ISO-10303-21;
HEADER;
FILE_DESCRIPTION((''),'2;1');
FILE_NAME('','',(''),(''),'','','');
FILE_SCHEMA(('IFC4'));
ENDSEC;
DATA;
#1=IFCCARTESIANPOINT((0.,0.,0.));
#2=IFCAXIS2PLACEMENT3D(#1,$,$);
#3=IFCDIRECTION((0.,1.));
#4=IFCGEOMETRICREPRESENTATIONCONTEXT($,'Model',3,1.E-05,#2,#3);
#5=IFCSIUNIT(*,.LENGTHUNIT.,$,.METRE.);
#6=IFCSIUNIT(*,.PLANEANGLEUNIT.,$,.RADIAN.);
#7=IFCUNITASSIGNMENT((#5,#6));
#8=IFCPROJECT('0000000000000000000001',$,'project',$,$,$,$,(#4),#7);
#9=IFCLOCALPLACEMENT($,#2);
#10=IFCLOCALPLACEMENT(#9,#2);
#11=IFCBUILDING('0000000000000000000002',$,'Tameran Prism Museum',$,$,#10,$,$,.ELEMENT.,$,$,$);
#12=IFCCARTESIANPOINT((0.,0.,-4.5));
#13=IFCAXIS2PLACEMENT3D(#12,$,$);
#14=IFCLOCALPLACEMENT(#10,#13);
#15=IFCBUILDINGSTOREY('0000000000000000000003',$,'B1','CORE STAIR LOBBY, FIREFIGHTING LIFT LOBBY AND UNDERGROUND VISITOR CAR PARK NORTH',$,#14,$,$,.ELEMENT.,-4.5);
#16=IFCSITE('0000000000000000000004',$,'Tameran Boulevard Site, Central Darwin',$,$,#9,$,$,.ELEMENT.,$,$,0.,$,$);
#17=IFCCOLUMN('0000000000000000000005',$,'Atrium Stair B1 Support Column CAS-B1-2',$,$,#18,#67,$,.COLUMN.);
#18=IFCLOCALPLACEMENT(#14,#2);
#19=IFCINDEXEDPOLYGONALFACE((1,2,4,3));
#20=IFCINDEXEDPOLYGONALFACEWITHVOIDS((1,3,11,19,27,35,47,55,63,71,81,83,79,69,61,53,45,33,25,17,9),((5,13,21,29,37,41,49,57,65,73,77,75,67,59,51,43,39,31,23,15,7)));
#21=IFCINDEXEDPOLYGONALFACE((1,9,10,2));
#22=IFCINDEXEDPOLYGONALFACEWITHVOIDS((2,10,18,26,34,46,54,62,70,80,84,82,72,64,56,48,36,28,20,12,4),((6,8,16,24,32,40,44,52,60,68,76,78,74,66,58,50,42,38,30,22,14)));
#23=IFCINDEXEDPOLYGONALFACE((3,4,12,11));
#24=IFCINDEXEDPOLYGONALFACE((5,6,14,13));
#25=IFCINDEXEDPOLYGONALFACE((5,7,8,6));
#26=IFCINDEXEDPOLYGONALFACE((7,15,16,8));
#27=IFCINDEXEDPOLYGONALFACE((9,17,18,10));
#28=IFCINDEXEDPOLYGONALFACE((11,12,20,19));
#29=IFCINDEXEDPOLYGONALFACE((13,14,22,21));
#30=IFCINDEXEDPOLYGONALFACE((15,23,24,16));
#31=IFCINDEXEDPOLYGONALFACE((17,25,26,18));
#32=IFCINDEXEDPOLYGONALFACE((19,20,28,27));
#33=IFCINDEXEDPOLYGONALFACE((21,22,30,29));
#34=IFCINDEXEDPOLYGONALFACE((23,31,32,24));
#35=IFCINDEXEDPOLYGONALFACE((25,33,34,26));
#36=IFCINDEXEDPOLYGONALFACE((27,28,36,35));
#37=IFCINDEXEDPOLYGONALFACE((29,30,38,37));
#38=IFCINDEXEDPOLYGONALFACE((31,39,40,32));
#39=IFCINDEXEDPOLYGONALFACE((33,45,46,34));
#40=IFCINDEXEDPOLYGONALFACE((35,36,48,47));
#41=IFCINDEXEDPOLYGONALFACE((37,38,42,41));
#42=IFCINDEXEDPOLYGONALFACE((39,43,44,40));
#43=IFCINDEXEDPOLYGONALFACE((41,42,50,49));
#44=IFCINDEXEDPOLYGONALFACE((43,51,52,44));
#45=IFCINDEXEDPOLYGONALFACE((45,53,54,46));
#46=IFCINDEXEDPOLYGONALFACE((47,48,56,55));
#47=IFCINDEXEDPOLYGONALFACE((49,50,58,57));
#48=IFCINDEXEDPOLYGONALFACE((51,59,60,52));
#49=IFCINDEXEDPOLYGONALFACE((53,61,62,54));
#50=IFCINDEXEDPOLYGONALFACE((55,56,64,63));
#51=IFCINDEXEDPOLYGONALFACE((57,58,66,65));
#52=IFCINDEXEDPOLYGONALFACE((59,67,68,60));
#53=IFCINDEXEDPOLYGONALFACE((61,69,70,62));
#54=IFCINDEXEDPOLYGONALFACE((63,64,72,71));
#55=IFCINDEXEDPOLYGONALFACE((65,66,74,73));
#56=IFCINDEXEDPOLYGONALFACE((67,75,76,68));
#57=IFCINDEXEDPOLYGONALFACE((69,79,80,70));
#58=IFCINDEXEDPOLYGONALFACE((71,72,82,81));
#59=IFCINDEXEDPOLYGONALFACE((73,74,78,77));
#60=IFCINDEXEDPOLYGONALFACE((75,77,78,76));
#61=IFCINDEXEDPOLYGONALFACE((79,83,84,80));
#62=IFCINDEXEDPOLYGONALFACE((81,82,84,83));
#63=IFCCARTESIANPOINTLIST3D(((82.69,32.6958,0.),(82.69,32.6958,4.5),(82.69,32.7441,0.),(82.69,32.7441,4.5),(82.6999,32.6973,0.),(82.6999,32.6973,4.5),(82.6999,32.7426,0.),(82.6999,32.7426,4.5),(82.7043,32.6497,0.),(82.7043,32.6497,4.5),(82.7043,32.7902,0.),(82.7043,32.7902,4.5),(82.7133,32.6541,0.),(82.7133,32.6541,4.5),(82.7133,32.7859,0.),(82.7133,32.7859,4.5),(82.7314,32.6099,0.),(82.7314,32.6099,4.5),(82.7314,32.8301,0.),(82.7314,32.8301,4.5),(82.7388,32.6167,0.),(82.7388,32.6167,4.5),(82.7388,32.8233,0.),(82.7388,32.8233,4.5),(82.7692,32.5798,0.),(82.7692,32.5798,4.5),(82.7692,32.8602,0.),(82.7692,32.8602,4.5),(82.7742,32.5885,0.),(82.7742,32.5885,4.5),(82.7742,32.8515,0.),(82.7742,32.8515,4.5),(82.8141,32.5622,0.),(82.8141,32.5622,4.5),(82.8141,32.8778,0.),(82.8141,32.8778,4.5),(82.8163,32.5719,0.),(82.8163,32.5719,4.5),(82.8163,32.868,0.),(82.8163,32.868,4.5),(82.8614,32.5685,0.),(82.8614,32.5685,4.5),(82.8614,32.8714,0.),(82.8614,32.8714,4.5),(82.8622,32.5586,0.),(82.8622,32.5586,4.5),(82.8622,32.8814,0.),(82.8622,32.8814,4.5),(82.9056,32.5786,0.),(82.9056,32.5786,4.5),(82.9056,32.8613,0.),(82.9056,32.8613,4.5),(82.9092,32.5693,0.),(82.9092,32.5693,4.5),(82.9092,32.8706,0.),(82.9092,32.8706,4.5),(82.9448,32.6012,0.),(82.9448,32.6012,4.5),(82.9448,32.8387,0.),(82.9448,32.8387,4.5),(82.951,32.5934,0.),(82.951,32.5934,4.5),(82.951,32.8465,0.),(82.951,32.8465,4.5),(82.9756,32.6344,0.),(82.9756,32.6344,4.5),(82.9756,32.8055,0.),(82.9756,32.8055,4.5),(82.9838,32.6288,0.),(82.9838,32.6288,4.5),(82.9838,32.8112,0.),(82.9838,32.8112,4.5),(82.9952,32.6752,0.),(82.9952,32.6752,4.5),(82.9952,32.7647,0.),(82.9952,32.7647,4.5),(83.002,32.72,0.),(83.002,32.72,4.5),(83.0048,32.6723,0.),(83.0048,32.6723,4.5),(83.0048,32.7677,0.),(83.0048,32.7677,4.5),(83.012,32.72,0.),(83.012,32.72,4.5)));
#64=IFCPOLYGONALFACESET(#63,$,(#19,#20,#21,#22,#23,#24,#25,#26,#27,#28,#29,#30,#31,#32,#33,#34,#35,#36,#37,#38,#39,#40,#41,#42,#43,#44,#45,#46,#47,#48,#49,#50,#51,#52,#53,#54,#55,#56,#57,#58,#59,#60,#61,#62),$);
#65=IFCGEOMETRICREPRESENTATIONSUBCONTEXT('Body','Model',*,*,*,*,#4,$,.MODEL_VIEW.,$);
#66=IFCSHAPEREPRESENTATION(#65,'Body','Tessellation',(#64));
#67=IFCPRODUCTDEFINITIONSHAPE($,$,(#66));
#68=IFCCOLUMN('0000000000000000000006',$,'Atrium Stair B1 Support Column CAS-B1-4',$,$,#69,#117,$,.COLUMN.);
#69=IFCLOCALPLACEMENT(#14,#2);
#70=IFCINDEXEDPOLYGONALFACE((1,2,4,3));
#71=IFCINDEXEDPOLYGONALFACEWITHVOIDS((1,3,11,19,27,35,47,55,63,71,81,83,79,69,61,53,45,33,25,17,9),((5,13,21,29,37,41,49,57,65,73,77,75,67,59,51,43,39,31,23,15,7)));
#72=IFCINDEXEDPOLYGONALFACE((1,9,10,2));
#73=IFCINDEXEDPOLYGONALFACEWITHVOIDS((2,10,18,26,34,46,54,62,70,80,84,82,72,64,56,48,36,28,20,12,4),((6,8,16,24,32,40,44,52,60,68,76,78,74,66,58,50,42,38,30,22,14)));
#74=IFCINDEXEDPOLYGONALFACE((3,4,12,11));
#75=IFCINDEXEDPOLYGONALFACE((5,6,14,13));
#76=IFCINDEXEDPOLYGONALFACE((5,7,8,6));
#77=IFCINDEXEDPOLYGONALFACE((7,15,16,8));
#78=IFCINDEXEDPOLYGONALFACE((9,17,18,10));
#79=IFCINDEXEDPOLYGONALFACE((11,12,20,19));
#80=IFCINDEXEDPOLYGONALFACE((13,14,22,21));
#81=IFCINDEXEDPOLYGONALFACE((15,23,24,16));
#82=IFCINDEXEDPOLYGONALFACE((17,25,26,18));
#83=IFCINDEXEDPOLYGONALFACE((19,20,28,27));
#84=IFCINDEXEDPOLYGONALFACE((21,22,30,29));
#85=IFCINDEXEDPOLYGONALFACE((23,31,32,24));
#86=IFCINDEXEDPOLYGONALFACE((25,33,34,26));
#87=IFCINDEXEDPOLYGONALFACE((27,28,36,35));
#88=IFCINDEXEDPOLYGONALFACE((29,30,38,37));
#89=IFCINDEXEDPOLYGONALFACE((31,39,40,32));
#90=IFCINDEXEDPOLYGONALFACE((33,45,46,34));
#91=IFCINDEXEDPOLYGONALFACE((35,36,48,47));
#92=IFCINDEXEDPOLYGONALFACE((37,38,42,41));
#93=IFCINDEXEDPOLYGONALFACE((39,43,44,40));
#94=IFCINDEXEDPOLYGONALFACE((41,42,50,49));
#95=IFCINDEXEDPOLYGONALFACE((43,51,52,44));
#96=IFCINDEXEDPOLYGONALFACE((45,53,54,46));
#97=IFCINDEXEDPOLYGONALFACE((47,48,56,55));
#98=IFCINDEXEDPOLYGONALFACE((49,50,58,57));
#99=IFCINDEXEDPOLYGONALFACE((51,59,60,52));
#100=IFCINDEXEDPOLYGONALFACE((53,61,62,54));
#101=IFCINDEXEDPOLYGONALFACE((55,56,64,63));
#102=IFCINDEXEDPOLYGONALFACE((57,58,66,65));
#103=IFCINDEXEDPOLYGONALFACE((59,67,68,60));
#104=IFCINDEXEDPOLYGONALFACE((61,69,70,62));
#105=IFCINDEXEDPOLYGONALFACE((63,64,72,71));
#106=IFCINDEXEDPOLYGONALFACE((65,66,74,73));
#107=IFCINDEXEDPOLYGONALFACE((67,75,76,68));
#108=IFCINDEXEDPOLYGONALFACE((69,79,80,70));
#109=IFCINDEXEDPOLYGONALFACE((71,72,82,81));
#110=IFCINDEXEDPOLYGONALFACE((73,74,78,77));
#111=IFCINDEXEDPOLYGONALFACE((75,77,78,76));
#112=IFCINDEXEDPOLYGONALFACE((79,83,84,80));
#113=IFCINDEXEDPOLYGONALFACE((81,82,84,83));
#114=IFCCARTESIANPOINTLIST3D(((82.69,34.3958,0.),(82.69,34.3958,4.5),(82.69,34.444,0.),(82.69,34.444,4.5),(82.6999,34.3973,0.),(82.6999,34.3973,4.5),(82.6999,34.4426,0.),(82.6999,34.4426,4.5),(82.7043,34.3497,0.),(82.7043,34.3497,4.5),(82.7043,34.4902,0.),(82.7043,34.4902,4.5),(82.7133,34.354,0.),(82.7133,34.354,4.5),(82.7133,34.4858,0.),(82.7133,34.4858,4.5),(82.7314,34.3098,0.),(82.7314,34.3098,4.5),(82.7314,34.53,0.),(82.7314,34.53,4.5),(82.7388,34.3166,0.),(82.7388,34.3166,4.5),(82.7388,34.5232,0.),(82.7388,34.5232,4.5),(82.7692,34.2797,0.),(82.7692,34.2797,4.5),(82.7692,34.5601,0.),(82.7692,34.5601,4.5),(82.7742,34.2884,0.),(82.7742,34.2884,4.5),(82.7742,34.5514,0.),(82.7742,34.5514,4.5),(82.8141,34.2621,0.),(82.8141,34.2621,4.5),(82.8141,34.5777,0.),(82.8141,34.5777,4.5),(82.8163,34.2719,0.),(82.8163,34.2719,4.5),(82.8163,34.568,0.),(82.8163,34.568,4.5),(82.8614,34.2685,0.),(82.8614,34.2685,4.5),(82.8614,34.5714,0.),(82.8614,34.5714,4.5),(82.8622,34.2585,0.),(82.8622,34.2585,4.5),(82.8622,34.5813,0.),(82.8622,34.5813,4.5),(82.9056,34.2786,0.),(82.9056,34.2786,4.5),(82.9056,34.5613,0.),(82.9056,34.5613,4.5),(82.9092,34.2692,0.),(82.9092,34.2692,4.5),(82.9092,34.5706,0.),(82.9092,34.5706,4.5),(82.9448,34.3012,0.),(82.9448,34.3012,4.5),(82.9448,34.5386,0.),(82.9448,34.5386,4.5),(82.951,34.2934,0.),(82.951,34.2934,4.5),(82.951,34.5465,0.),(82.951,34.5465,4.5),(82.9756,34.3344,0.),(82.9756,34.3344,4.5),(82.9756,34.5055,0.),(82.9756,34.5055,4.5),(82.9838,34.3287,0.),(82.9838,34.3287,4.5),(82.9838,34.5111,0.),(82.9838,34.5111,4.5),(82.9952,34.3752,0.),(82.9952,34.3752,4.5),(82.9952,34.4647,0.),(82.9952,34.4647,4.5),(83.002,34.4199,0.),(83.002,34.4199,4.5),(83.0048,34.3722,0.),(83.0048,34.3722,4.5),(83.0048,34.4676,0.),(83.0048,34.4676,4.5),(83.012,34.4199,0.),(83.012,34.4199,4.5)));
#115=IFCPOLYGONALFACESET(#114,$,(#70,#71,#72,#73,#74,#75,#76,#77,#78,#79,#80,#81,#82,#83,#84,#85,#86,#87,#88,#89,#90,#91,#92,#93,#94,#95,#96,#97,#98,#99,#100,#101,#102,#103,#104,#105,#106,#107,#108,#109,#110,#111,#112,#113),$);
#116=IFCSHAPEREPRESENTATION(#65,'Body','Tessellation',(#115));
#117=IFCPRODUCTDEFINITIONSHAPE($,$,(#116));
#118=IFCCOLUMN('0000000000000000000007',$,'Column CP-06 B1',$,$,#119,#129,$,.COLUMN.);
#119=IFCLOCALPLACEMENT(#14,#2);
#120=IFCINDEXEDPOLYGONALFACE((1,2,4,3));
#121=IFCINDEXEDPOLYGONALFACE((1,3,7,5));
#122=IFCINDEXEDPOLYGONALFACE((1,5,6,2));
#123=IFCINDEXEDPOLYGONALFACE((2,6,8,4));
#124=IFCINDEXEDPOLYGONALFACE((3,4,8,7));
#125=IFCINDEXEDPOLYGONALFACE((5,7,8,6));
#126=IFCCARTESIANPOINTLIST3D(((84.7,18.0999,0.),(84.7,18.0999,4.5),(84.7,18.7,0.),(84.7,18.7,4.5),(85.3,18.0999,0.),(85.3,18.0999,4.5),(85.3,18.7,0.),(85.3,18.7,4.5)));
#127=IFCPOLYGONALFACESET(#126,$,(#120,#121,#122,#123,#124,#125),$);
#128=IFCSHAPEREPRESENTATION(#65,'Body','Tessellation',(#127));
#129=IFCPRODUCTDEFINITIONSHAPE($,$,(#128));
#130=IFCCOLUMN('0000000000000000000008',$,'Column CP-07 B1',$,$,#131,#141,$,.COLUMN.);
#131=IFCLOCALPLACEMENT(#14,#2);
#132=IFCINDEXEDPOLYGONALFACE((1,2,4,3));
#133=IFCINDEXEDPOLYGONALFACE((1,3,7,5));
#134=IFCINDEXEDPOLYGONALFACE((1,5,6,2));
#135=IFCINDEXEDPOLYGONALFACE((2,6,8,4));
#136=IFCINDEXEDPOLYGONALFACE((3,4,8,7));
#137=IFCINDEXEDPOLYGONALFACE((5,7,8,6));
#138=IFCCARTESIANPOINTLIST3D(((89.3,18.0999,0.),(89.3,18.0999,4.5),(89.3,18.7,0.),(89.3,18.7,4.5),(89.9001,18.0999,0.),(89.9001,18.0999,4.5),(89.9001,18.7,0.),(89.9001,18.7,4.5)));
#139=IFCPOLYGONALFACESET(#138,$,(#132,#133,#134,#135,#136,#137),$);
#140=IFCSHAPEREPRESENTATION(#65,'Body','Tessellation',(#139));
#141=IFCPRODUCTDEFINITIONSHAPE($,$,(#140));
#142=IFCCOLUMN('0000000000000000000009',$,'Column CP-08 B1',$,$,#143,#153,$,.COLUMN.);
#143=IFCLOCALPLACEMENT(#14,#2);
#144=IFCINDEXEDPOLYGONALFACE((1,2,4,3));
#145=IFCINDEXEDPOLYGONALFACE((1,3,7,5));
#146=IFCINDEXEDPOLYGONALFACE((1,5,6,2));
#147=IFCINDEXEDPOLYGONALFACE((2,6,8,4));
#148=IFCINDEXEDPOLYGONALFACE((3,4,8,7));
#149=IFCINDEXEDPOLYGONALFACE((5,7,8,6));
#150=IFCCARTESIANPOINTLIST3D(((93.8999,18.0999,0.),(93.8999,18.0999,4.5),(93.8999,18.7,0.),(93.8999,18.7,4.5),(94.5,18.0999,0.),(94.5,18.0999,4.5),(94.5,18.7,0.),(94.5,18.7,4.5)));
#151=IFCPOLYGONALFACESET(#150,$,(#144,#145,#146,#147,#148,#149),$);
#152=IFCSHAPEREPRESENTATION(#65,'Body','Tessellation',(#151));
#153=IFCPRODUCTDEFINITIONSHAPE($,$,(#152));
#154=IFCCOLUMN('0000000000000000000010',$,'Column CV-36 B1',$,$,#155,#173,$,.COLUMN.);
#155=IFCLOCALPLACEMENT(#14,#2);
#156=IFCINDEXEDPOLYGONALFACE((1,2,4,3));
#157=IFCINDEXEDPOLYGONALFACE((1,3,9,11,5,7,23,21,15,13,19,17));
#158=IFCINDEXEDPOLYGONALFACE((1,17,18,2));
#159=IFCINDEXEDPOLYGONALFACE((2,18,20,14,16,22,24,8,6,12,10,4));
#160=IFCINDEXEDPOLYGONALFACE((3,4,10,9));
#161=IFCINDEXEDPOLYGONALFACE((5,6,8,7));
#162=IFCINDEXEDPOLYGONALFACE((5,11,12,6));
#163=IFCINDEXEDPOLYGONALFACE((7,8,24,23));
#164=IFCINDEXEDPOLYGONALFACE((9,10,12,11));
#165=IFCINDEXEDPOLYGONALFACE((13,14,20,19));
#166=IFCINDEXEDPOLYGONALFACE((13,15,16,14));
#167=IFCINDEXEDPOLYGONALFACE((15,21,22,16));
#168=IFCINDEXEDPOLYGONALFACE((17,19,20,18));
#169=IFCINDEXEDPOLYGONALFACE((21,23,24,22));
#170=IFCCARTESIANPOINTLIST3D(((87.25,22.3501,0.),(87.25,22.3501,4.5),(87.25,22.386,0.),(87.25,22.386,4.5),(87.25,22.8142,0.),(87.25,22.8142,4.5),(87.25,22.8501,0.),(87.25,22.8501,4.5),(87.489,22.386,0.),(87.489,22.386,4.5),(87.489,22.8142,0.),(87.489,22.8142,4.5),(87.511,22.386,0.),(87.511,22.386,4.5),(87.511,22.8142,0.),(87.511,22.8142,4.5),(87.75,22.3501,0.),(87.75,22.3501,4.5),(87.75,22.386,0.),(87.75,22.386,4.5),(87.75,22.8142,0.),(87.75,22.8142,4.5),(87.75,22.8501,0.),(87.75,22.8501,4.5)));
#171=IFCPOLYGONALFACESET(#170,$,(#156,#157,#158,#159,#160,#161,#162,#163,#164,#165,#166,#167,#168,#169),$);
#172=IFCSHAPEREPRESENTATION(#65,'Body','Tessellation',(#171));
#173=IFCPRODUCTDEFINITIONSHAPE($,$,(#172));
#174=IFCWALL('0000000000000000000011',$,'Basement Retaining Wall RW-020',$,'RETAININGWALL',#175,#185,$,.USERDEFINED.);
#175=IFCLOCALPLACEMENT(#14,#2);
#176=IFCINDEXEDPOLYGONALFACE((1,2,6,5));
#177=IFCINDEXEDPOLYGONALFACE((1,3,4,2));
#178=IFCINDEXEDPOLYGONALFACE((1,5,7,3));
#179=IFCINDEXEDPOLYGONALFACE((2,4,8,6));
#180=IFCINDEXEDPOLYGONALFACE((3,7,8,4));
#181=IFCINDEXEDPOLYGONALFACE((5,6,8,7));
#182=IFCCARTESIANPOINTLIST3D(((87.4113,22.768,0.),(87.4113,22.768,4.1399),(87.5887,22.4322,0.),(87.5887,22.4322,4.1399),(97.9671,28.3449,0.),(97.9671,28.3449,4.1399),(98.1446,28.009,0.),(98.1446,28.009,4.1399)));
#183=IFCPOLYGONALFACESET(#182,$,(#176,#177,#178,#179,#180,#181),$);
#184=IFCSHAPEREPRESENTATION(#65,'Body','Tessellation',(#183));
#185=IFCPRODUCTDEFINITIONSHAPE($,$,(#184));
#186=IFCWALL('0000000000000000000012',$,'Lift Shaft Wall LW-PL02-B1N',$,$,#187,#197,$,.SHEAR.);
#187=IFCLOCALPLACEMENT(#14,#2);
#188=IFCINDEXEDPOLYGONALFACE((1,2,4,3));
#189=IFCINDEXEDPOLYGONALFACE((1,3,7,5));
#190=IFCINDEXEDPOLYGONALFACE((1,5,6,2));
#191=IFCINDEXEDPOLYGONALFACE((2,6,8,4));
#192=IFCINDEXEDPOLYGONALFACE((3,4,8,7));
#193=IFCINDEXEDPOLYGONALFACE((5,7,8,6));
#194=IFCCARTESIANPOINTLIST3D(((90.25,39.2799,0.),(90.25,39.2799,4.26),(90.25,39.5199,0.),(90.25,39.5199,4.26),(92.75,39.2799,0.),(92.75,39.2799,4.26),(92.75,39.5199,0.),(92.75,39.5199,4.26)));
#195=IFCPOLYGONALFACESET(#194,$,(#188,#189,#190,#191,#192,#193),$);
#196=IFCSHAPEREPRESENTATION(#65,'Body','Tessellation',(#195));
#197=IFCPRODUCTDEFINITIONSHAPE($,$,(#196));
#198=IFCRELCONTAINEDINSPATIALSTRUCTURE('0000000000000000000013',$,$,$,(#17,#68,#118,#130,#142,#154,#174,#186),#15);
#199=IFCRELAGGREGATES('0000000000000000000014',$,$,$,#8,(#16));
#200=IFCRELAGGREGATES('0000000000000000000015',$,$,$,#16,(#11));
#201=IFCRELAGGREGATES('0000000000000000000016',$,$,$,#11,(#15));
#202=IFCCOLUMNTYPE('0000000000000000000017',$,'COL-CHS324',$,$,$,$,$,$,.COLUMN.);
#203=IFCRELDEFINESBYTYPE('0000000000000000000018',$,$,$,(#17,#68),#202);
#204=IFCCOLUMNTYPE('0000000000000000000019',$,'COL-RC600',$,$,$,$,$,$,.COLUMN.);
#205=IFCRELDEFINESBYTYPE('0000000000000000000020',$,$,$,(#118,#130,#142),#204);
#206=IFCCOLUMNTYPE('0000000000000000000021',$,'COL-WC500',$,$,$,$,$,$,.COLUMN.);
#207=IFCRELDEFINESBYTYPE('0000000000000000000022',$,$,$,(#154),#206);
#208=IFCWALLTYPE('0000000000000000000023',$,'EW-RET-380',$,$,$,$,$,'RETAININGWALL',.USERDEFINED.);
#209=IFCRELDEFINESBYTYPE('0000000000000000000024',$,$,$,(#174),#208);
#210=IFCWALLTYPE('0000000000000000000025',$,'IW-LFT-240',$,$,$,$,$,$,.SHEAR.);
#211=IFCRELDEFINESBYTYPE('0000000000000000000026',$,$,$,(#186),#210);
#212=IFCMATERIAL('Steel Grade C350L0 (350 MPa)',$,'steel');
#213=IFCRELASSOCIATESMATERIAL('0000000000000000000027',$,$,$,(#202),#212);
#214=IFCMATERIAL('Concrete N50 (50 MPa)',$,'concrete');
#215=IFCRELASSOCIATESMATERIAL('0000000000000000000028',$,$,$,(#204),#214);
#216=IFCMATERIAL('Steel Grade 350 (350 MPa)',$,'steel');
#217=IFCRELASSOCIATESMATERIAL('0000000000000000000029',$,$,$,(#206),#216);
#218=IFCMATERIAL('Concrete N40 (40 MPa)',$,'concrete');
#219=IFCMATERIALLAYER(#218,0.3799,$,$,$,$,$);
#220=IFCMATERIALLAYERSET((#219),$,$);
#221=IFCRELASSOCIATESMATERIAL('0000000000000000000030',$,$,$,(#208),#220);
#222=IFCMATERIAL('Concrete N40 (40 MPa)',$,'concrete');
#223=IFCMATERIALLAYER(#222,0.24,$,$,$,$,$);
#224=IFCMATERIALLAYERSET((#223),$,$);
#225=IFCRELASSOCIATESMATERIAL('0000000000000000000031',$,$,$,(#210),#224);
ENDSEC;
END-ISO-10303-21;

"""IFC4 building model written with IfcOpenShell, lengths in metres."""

from ifc_helpers import new_model, si_unit, direction, frame, frame_2d, origin, origin_2d, place, context, subcontext, project, spatial, rectangle, hollow_circle, i_section, extrude, material, layer, layer_set, material_profile, profile_set, type_object, element, save


model = new_model("IFC4")

# Units and contexts
model_context = context("Model", 3, precision=1e-05, world=origin(), true_north=direction((0.0, 1.0)))
body_context = subcontext(model_context, "Body", "Model", "MODEL_VIEW")
ifc_project = project(units=[si_unit("LENGTHUNIT", "METRE"), si_unit("PLANEANGLEUNIT", "RADIAN")], contexts=[model_context])

# Site, building, storey
site_placement = place(None, origin())
site = spatial("IfcSite", under=ifc_project, at=site_placement, Name="Tameran Boulevard Site, Central Darwin", CompositionType="ELEMENT", RefElevation=0.0)
building_placement = place(site_placement, origin())
building = spatial("IfcBuilding", under=site, at=building_placement, Name="Tameran Prism Museum", CompositionType="ELEMENT")
storey_placement = place(building_placement, frame((0.0, 0.0, -4.5)))
storey = spatial("IfcBuildingStorey", under=building, at=storey_placement, Name="B1", Description="CORE STAIR LOBBY, FIREFIGHTING LIFT LOBBY AND UNDERGROUND VISITOR CAR PARK NORTH", CompositionType="ELEMENT", Elevation=-4.5)

# Columns
ifc_material_1 = material(Name="Steel Grade C350L0 (350 MPa)", Category="steel")
ifc_material_profile_1 = material_profile(ifc_material_1, hollow_circle(Radius=0.1619, WallThickness=0.01, at=origin_2d()))
ifc_profile_set_1 = profile_set([ifc_material_profile_1])
column_type_1 = type_object("IfcColumnType", Name="COL-CHS324", PredefinedType="COLUMN", material=ifc_profile_set_1)
for number, where, z_axis, x_axis, name in (
    (1, (82.8501, 32.72, 0.0), (0.0, 0.0, 1.0), (1.0, 0.0, 0.0), "Atrium Stair B1 Support Column CAS-B1-2"),
    (2, (82.8501, 34.4199, 0.0), (0.0, 0.0, 1.0), (1.0, 0.0, 0.0), "Atrium Stair B1 Support Column CAS-B1-4"),
):
    element("IfcColumn", number, at=place(storey_placement, frame(where, z_axis=z_axis, x_axis=x_axis)), inside=storey, type_object=column_type_1, Name=name, PredefinedType="COLUMN", context=body_context, shape_type="SweptSolid", body=[
        extrude(hollow_circle(Radius=0.1619, WallThickness=0.01, at=origin_2d()), origin(), (0.0, 0.0, 1.0), 4.5),
    ])
ifc_material_2 = material(Name="Concrete N50 (50 MPa)", Category="concrete")
ifc_material_profile_2 = material_profile(ifc_material_2, rectangle(XDim=0.6001, YDim=0.6001, at=origin_2d()))
ifc_profile_set_2 = profile_set([ifc_material_profile_2])
column_type_2 = type_object("IfcColumnType", Name="COL-RC600", PredefinedType="COLUMN", material=ifc_profile_set_2)
for number, where, z_axis, x_axis, name in (
    (3, (85.0, 18.3999, 0.0), (0.0, 0.0, 1.0), (1.0, 0.0, 0.0), "Column CP-06 B1"),
    (4, (89.6001, 18.3999, 0.0), (0.0, 0.0, 1.0), (1.0, 0.0, 0.0), "Column CP-07 B1"),
    (5, (94.2, 18.3999, 0.0), (0.0, 0.0, 1.0), (1.0, 0.0, 0.0), "Column CP-08 B1"),
):
    element("IfcColumn", number, at=place(storey_placement, frame(where, z_axis=z_axis, x_axis=x_axis)), inside=storey, type_object=column_type_2, Name=name, PredefinedType="COLUMN", context=body_context, shape_type="SweptSolid", body=[
        extrude(rectangle(XDim=0.6001, YDim=0.6001, at=origin_2d()), origin(), (0.0, 0.0, 1.0), 4.5),
    ])
ifc_material_3 = material(Name="Steel Grade 350 (350 MPa)", Category="steel")
ifc_material_profile_3 = material_profile(ifc_material_3, i_section(OverallWidth=0.5, OverallDepth=0.5, WebThickness=0.022, FlangeThickness=0.0359, at=origin_2d()))
ifc_profile_set_3 = profile_set([ifc_material_profile_3])
column_type_3 = type_object("IfcColumnType", Name="COL-WC500", PredefinedType="COLUMN", material=ifc_profile_set_3)
column_placement = place(storey_placement, frame((87.5, 22.6001, 0.0), z_axis=(0.0, 0.0, 1.0), x_axis=(1.0, 0.0, 0.0)))
element("IfcColumn", 6, at=column_placement, inside=storey, type_object=column_type_3, Name="Column CV-36 B1", PredefinedType="COLUMN", context=body_context, shape_type="SweptSolid", body=[
    extrude(i_section(OverallWidth=0.5, OverallDepth=0.5, WebThickness=0.022, FlangeThickness=0.0359, at=origin_2d()), origin(), (0.0, 0.0, 1.0), 4.5),
])

# Walls
ifc_material_4 = material(Name="Concrete N40 (40 MPa)", Category="concrete")
ifc_layer_1 = layer(ifc_material_4, 0.3799)
ifc_layer_set_1 = layer_set([ifc_layer_1])
wall_type_1 = type_object("IfcWallType", Name="EW-RET-380", ElementType="RETAININGWALL", PredefinedType="USERDEFINED", material=ifc_layer_set_1)
wall_1_placement = place(storey_placement, frame((87.5, 22.6001, 0.0), z_axis=(0.0, 0.0, 1.0), x_axis=(0.884187, 0.467134, 0.0)))
element("IfcWall", 7, at=wall_1_placement, inside=storey, type_object=wall_type_1, Name="Basement Retaining Wall RW-020", ObjectType="RETAININGWALL", PredefinedType="USERDEFINED", context=body_context, shape_type="SweptSolid", body=[
    extrude(rectangle(XDim=11.9385, YDim=0.3799, at=frame_2d((5.9692, 0.0))), origin(), (0.0, 0.0, 1.0), 4.1399),
])
ifc_material_5 = material(Name="Concrete N40 (40 MPa)", Category="concrete")
ifc_layer_2 = layer(ifc_material_5, 0.24)
ifc_layer_set_2 = layer_set([ifc_layer_2])
wall_type_2 = type_object("IfcWallType", Name="IW-LFT-240", PredefinedType="SHEAR", material=ifc_layer_set_2)
wall_2_placement = place(storey_placement, frame((90.25, 39.3999, 0.0), z_axis=(0.0, 0.0, 1.0), x_axis=(1.0, 0.0, 0.0)))
element("IfcWall", 8, at=wall_2_placement, inside=storey, type_object=wall_type_2, Name="Lift Shaft Wall LW-PL02-B1N", PredefinedType="SHEAR", context=body_context, shape_type="SweptSolid", body=[
    extrude(rectangle(XDim=2.5, YDim=0.24, at=frame_2d((1.25, 0.0))), origin(), (0.0, 0.0, 1.0), 4.26),
])

save(model, "model.ifc")
